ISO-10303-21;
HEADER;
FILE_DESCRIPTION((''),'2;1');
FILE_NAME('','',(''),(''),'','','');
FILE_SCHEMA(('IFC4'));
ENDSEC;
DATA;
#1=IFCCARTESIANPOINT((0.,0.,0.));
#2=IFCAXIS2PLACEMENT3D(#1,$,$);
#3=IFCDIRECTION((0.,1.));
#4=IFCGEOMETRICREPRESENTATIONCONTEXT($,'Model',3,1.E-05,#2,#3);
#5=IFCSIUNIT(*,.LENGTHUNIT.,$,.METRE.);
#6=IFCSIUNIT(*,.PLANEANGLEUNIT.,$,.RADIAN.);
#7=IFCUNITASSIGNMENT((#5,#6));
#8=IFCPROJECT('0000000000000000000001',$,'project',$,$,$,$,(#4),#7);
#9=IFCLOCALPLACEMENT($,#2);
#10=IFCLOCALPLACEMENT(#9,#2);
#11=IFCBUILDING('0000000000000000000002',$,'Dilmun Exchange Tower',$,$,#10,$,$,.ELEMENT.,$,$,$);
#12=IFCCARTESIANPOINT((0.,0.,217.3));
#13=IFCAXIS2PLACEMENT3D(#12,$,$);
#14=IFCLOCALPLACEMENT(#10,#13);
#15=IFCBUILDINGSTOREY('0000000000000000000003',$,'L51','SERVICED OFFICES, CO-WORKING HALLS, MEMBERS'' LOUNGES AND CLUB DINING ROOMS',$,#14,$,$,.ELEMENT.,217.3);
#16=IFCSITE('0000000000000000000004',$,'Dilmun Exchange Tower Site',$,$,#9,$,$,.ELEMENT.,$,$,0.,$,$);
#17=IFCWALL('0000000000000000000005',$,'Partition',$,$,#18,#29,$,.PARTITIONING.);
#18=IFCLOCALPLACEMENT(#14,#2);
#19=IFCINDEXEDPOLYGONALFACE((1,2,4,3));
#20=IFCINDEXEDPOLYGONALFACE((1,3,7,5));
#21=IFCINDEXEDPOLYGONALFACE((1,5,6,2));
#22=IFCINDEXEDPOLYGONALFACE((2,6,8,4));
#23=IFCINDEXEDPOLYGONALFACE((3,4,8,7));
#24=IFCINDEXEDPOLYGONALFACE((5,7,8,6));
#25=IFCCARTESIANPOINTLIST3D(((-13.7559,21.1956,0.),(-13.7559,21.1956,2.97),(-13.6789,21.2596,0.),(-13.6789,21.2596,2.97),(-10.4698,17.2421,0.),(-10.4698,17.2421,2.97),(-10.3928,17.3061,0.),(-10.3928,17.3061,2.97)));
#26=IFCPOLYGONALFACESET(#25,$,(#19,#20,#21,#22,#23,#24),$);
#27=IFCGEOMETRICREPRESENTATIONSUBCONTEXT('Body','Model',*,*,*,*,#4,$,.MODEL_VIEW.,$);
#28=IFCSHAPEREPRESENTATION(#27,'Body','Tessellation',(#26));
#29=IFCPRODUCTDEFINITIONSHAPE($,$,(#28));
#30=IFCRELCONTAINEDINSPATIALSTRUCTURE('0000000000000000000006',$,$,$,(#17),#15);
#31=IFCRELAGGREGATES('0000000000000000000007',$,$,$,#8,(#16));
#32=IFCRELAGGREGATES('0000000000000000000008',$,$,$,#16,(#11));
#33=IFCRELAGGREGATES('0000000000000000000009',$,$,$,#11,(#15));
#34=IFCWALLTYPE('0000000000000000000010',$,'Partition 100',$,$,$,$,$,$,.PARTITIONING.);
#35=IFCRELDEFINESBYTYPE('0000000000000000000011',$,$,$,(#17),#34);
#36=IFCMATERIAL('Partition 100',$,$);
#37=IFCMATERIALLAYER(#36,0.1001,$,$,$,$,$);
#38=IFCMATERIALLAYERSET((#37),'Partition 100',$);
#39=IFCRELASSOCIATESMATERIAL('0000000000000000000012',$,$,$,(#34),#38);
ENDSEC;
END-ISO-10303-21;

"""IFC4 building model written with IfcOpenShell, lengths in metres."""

from ifc_helpers import new_model, si_unit, direction, frame, frame_2d, origin, place, context, subcontext, project, spatial, rectangle, extrude, material, layer, layer_set, type_object, element, save


model = new_model("IFC4")

# Units and contexts
model_context = context("Model", 3, precision=1e-05, world=origin(), true_north=direction((0.0, 1.0)))
body_context = subcontext(model_context, "Body", "Model", "MODEL_VIEW")
ifc_project = project(units=[si_unit("LENGTHUNIT", "METRE"), si_unit("PLANEANGLEUNIT", "RADIAN")], contexts=[model_context])

# Site, building, storey
site_placement = place(None, origin())
site = spatial("IfcSite", under=ifc_project, at=site_placement, Name="Dilmun Exchange Tower Site", CompositionType="ELEMENT", RefElevation=0.0)
building_placement = place(site_placement, origin())
building = spatial("IfcBuilding", under=site, at=building_placement, Name="Dilmun Exchange Tower", CompositionType="ELEMENT")
storey_placement = place(building_placement, frame((0.0, 0.0, 217.3)))
storey = spatial("IfcBuildingStorey", under=building, at=storey_placement, Name="L51", Description="SERVICED OFFICES, CO-WORKING HALLS, MEMBERS' LOUNGES AND CLUB DINING ROOMS", CompositionType="ELEMENT", Elevation=217.3)

# Wall
ifc_material_1 = material(Name="Partition 100")
ifc_layer_1 = layer(ifc_material_1, 0.1001)
ifc_layer_set_1 = layer_set([ifc_layer_1], Name="Partition 100")
wall_type_1 = type_object("IfcWallType", Name="Partition 100", PredefinedType="PARTITIONING", material=ifc_layer_set_1)
wall_1_placement = place(storey_placement, frame((-13.7173, 21.2275, 0.0), z_axis=(0.0, 0.0, 1.0), x_axis=(0.639203, -0.769038, 0.0)))
element("IfcWall", 1, at=wall_1_placement, inside=storey, type_object=wall_type_1, Name="Partition", PredefinedType="PARTITIONING", context=body_context, shape_type="SweptSolid", body=[
    extrude(rectangle(XDim=5.1409, YDim=0.1001, at=frame_2d((2.5703, 0.0))), origin(), (0.0, 0.0, 1.0), 2.97),
])

save(model, "model.ifc")
